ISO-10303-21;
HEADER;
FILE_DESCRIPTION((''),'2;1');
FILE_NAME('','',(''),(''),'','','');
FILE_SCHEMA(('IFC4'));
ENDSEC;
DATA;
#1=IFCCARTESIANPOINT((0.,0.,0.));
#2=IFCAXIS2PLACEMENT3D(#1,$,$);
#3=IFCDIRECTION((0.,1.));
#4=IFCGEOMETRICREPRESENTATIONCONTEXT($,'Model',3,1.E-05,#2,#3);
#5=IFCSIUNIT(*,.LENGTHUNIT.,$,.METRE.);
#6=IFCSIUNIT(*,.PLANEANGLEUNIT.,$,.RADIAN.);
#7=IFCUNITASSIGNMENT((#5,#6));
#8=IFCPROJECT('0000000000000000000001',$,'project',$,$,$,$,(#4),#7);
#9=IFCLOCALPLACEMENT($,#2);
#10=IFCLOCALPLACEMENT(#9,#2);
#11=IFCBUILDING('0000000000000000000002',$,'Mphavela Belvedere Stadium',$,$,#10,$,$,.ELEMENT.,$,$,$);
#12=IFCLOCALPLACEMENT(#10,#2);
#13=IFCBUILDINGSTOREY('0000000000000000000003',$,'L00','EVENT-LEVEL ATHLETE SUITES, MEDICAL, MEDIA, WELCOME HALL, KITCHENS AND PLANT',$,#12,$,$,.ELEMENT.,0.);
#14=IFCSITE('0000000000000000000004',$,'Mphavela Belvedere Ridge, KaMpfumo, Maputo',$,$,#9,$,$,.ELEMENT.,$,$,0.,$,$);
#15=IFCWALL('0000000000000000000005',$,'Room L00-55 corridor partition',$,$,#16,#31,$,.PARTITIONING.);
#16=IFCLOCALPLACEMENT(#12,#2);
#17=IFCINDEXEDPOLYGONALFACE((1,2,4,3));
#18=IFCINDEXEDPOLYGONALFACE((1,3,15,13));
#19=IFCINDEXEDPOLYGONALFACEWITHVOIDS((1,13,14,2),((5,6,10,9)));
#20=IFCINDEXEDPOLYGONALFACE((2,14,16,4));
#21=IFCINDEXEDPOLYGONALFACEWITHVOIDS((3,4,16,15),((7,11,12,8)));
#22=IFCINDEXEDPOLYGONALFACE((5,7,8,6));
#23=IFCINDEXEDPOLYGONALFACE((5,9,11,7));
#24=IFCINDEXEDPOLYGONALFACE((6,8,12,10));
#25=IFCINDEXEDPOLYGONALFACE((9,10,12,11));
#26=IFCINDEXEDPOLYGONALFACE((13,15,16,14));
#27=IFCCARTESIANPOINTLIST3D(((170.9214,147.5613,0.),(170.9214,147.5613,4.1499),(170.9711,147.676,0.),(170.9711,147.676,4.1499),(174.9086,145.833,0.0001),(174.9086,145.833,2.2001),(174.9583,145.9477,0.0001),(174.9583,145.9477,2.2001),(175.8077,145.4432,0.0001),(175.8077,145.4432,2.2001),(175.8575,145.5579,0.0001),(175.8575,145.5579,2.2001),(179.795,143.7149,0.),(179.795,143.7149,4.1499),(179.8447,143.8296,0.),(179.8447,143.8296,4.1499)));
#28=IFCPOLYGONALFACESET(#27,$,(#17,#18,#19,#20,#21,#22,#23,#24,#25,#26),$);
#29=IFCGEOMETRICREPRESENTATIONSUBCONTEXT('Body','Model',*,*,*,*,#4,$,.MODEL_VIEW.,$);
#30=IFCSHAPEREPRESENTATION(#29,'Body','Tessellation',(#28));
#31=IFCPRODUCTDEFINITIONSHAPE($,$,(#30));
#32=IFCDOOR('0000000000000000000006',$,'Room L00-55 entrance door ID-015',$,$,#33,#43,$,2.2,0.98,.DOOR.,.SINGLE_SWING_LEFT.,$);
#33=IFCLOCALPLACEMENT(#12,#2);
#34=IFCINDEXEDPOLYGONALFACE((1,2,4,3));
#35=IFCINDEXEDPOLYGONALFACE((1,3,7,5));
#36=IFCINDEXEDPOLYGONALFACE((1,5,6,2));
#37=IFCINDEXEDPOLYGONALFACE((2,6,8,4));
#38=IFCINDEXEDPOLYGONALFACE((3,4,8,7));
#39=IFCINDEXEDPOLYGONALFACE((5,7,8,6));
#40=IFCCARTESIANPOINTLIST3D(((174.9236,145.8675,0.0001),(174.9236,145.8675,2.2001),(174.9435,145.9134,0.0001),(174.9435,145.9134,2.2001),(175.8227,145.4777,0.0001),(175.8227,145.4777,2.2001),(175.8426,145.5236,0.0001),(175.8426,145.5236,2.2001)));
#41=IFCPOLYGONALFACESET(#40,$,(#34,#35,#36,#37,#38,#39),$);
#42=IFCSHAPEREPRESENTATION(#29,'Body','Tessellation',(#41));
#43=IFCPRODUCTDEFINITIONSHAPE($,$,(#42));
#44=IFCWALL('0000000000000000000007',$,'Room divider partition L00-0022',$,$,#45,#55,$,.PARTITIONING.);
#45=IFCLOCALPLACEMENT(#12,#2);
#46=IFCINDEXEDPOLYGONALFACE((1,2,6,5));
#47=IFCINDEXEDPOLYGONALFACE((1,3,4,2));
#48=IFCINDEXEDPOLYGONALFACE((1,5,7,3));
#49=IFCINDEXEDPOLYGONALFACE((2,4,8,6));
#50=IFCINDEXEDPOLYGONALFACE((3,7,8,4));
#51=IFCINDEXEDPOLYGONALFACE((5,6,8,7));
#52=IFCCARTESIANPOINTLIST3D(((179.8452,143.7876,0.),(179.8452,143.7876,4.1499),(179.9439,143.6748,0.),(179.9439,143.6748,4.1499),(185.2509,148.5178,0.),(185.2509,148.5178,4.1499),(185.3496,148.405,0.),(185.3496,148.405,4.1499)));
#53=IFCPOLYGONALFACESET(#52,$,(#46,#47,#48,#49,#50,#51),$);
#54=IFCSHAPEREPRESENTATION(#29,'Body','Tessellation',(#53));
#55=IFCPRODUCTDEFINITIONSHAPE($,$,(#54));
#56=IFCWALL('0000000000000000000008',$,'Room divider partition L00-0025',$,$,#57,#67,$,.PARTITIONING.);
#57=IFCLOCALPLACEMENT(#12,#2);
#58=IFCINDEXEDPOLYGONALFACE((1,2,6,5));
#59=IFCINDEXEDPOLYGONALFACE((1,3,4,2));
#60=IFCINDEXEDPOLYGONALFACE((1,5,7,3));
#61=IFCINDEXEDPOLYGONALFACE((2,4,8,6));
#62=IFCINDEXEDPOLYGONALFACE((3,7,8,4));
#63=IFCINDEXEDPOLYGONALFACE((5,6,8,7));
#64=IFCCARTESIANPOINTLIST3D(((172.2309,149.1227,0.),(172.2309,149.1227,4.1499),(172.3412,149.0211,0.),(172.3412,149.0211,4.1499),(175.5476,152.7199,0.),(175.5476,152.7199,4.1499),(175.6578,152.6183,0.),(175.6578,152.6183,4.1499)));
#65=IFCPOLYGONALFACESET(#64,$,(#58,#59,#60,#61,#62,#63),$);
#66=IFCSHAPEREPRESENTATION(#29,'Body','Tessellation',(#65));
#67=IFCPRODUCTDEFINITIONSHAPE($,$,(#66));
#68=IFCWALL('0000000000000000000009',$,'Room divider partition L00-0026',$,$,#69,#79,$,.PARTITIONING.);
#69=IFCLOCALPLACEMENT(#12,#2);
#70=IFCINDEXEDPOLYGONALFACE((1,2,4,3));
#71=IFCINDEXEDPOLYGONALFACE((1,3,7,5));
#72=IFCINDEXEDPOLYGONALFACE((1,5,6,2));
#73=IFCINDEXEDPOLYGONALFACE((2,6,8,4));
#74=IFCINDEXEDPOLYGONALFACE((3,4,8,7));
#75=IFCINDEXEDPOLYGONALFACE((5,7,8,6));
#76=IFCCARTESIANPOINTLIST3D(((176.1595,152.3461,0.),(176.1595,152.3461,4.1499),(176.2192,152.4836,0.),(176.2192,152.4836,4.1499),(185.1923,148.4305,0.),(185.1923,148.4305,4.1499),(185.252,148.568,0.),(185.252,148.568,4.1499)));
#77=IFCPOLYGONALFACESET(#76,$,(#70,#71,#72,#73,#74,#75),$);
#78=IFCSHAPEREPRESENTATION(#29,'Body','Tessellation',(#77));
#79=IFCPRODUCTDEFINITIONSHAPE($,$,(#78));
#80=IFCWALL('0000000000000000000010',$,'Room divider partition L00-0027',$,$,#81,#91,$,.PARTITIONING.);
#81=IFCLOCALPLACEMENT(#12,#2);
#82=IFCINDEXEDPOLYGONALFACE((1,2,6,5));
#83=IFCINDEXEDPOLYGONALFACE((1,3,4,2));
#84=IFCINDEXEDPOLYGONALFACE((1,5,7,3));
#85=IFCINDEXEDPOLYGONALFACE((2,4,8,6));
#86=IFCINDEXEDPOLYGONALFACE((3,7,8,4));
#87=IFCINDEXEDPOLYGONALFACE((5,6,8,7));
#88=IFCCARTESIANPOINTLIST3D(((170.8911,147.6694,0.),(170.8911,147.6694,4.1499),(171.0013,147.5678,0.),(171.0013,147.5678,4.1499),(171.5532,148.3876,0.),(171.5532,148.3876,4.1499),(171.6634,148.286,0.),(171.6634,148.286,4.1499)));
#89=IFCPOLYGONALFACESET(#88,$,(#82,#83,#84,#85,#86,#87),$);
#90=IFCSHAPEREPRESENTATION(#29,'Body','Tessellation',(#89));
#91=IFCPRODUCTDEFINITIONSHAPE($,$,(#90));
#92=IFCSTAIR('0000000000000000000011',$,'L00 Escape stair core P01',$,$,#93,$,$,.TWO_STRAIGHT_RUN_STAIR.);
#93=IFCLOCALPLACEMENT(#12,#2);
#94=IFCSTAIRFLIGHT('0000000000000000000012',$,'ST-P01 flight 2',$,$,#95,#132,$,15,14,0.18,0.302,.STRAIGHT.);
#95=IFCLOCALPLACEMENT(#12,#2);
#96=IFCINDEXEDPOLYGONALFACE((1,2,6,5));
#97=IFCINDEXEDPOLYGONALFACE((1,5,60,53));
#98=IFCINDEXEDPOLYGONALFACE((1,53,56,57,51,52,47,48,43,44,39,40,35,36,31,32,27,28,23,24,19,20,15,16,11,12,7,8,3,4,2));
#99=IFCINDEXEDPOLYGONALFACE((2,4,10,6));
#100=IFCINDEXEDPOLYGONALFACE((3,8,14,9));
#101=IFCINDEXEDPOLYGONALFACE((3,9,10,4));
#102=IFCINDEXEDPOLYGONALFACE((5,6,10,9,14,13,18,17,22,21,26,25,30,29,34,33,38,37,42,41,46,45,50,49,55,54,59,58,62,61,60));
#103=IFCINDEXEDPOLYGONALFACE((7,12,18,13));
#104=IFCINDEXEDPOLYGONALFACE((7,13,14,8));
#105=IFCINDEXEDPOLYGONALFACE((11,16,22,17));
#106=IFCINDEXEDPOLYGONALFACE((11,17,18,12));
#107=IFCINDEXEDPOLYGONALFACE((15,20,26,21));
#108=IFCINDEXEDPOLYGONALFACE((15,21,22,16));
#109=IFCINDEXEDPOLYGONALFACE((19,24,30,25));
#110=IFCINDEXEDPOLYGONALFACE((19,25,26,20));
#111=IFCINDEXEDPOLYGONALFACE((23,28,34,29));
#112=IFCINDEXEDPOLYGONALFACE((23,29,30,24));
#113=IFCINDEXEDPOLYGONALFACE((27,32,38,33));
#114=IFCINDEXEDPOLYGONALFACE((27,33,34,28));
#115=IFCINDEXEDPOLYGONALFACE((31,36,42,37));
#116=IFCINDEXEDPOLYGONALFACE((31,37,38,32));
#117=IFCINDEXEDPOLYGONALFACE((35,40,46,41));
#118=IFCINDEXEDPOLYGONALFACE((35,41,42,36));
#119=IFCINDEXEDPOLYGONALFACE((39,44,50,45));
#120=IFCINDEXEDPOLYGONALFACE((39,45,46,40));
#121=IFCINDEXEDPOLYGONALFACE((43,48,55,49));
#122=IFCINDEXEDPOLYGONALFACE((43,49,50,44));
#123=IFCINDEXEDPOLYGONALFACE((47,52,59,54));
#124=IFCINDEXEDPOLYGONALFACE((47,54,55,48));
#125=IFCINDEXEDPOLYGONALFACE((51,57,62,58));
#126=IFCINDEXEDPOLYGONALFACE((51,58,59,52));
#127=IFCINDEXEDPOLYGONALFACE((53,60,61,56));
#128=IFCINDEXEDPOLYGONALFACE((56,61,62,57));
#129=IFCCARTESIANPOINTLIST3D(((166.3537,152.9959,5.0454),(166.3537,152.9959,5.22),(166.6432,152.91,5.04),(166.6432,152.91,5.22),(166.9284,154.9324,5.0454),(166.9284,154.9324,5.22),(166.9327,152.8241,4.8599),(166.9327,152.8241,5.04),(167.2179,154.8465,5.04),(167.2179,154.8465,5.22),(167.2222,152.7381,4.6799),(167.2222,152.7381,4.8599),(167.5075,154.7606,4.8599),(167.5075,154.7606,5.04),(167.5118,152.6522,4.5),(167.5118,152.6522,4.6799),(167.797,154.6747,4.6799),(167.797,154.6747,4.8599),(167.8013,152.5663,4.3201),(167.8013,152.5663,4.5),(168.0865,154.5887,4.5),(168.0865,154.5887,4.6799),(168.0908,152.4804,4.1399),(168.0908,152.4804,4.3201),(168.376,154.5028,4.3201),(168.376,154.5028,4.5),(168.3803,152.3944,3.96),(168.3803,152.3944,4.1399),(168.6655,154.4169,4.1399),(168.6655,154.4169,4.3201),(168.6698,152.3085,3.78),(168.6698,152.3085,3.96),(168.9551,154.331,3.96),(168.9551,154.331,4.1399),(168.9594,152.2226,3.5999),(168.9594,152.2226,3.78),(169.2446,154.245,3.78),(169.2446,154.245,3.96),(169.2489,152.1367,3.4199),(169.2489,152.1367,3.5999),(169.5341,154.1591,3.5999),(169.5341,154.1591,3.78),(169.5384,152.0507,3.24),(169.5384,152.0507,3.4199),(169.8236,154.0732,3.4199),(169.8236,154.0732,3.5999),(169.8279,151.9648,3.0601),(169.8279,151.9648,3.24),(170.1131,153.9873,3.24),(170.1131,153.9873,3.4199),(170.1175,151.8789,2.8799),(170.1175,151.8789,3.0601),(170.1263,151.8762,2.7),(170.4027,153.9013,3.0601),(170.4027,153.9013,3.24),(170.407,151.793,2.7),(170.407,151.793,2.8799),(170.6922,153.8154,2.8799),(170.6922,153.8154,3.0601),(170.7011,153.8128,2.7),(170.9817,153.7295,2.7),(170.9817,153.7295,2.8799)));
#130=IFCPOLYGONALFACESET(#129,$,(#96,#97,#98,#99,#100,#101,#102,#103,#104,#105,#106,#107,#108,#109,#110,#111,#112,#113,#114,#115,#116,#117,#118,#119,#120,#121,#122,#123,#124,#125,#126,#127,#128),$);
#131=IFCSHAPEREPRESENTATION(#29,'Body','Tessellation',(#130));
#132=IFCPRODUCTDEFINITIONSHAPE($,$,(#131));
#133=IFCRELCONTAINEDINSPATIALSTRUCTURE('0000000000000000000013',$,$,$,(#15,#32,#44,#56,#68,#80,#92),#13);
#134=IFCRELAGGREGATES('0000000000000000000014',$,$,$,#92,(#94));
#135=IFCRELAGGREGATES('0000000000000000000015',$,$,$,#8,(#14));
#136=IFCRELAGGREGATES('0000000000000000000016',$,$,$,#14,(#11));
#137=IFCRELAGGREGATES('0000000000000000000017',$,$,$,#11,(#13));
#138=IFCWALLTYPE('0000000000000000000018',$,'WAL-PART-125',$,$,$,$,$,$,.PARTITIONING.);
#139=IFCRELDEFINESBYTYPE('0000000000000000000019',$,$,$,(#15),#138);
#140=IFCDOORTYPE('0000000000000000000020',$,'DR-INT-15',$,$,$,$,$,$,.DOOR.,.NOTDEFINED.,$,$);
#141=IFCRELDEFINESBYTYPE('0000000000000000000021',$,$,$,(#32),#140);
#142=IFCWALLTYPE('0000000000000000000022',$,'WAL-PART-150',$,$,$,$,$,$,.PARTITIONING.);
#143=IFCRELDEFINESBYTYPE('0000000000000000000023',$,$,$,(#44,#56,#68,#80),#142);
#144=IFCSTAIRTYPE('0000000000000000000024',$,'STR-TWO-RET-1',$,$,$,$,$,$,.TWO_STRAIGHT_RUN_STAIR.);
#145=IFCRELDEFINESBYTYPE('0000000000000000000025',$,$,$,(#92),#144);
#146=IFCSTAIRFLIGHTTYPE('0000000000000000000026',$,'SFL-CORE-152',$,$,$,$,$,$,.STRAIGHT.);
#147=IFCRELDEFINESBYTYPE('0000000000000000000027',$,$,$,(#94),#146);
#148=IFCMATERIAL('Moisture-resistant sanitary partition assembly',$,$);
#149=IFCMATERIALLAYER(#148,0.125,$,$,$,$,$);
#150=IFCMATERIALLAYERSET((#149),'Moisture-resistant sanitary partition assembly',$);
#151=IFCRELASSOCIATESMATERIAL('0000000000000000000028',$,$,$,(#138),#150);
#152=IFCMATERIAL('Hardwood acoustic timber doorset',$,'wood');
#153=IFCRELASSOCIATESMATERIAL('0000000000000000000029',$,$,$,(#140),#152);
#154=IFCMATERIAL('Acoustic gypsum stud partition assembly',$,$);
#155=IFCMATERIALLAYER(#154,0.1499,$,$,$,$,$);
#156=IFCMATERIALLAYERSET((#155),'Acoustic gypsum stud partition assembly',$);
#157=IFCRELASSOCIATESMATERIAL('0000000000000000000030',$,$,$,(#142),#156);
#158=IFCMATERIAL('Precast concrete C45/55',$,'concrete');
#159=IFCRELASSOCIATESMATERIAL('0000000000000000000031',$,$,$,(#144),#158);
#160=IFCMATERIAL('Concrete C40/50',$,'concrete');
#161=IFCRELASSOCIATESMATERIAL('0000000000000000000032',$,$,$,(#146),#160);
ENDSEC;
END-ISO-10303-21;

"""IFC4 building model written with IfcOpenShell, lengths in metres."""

from ifc_helpers import new_model, si_unit, direction, frame, frame_2d, origin, place, context, subcontext, project, spatial, polyline, rectangle, outline, extrude, material, layer, layer_set, type_object, element, fill, aggregate, save


model = new_model("IFC4")

# Units and contexts
model_context = context("Model", 3, precision=1e-05, world=origin(), true_north=direction((0.0, 1.0)))
body_context = subcontext(model_context, "Body", "Model", "MODEL_VIEW")
ifc_project = project(units=[si_unit("LENGTHUNIT", "METRE"), si_unit("PLANEANGLEUNIT", "RADIAN")], contexts=[model_context])

# Site, building, storey
site_placement = place(None, origin())
site = spatial("IfcSite", under=ifc_project, at=site_placement, Name="Mphavela Belvedere Ridge, KaMpfumo, Maputo", CompositionType="ELEMENT", RefElevation=0.0)
building_placement = place(site_placement, origin())
building = spatial("IfcBuilding", under=site, at=building_placement, Name="Mphavela Belvedere Stadium", CompositionType="ELEMENT")
storey_placement = place(building_placement, origin())
storey = spatial("IfcBuildingStorey", under=building, at=storey_placement, Name="L00", Description="EVENT-LEVEL ATHLETE SUITES, MEDICAL, MEDIA, WELCOME HALL, KITCHENS AND PLANT", CompositionType="ELEMENT", Elevation=0.0)

# Wall, opening, door
ifc_material_1 = material(Name="Moisture-resistant sanitary partition assembly")
ifc_layer_1 = layer(ifc_material_1, 0.125)
ifc_layer_set_1 = layer_set([ifc_layer_1], Name="Moisture-resistant sanitary partition assembly")
wall_type_1 = type_object("IfcWallType", Name="WAL-PART-125", PredefinedType="PARTITIONING", material=ifc_layer_set_1)
wall_1_placement = place(storey_placement, frame((179.8198, 143.7722, 0.0), z_axis=(0.0, 0.0, 1.0), x_axis=(-0.917509, 0.397715, 0.0)))
wall_1 = element("IfcWall", 1, at=wall_1_placement, inside=storey, type_object=wall_type_1, Name="Room L00-55 corridor partition", PredefinedType="PARTITIONING", context=body_context, shape_type="SweptSolid", body=[
    extrude(rectangle(XDim=9.6714, YDim=0.125, at=frame_2d((4.8357, 0.0))), origin(), (0.0, 0.0, 1.0), 4.1499),
])
opening_1_placement = place(wall_1_placement, frame((4.3457, 0.0, 0.0)))
opening_1 = element("IfcOpeningElement", 2, at=opening_1_placement, cuts=wall_1, PredefinedType="OPENING", context=body_context, shape_type="SweptSolid", body=[
    extrude(rectangle(XDim=0.98, YDim=2.2, at=frame_2d((0.49, 1.1001))), frame((0.0, 0.0725, 0.0), z_axis=(0.0, -1.0, 0.0), x_axis=(1.0, 0.0, 0.0)), (0.0, 0.0, 1.0), 0.145),
])
ifc_material_2 = material(Name="Hardwood acoustic timber doorset", Category="wood")
door_type_1 = type_object("IfcDoorType", Name="DR-INT-15", OperationType="NOTDEFINED", PredefinedType="DOOR", material=ifc_material_2)
door_1_placement = place(opening_1_placement, origin())
door_1 = element("IfcDoor", 3, at=door_1_placement, inside=storey, type_object=door_type_1, Name="Room L00-55 entrance door ID-015", OperationType="SINGLE_SWING_LEFT", OverallHeight=2.2, OverallWidth=0.98, PredefinedType="DOOR", context=body_context, shape_type="SweptSolid", body=[
    extrude(rectangle(XDim=0.98, YDim=2.2, at=frame_2d((0.49, 1.1001))), frame((0.0, 0.0249, 0.0), z_axis=(0.0, -1.0, 0.0), x_axis=(1.0, 0.0, 0.0)), (0.0, 0.0, 1.0), 0.05),
])
fill(opening_1, door_1)

# Walls
ifc_material_3 = material(Name="Acoustic gypsum stud partition assembly")
ifc_layer_2 = layer(ifc_material_3, 0.1499)
ifc_layer_set_2 = layer_set([ifc_layer_2], Name="Acoustic gypsum stud partition assembly")
wall_type_2 = type_object("IfcWallType", Name="WAL-PART-150", PredefinedType="PARTITIONING", material=ifc_layer_set_2)
wall_2_placement = place(storey_placement, frame((179.8945, 143.7312, 0.0), z_axis=(0.0, 0.0, 1.0), x_axis=(0.752564, 0.658519, 0.0)))
element("IfcWall", 4, at=wall_2_placement, inside=storey, type_object=wall_type_2, Name="Room divider partition L00-0022", PredefinedType="PARTITIONING", context=body_context, shape_type="SweptSolid", body=[
    extrude(rectangle(XDim=7.1831, YDim=0.1499, at=frame_2d((3.5916, 0.0))), origin(), (0.0, 0.0, 1.0), 4.1499),
])
wall_3_placement = place(storey_placement, frame((172.2861, 149.072, 0.0), z_axis=(0.0, 0.0, 1.0), x_axis=(0.677859, 0.735192, 0.0)))
element("IfcWall", 5, at=wall_3_placement, inside=storey, type_object=wall_type_2, Name="Room divider partition L00-0025", PredefinedType="PARTITIONING", context=body_context, shape_type="SweptSolid", body=[
    extrude(rectangle(XDim=4.8928, YDim=0.1499, at=frame_2d((2.4463, 0.0))), origin(), (0.0, 0.0, 1.0), 4.1499),
])
wall_4_placement = place(storey_placement, frame((176.1895, 152.4148, 0.0), z_axis=(0.0, 0.0, 1.0), x_axis=(0.917506, -0.397723, 0.0)))
element("IfcWall", 6, at=wall_4_placement, inside=storey, type_object=wall_type_2, Name="Room divider partition L00-0026", PredefinedType="PARTITIONING", context=body_context, shape_type="SweptSolid", body=[
    extrude(rectangle(XDim=9.845, YDim=0.1499, at=frame_2d((4.9224, 0.0))), origin(), (0.0, 0.0, 1.0), 4.1499),
])
wall_5_placement = place(storey_placement, frame((170.9463, 147.6187, 0.0), z_axis=(0.0, 0.0, 1.0), x_axis=(0.677782, 0.735263, 0.0)))
element("IfcWall", 7, at=wall_5_placement, inside=storey, type_object=wall_type_2, Name="Room divider partition L00-0027", PredefinedType="PARTITIONING", context=body_context, shape_type="SweptSolid", body=[
    extrude(rectangle(XDim=0.9768, YDim=0.1499, at=frame_2d((0.4883, 0.0))), origin(), (0.0, 0.0, 1.0), 4.1499),
])

# Stair, stair flight
ifc_material_4 = material(Name="Precast concrete C45/55", Category="concrete")
stair_type = type_object("IfcStairType", Name="STR-TWO-RET-1", PredefinedType="TWO_STRAIGHT_RUN_STAIR", material=ifc_material_4)
stair_placement = place(storey_placement, origin())
stair = element("IfcStair", 8, at=stair_placement, inside=storey, type_object=stair_type, Name="L00 Escape stair core P01", PredefinedType="TWO_STRAIGHT_RUN_STAIR")
ifc_material_5 = material(Name="Concrete C40/50", Category="concrete")
stair_flight_type = type_object("IfcStairFlightType", Name="SFL-CORE-152", PredefinedType="STRAIGHT", material=ifc_material_5)
stair_flight_placement = place(storey_placement, frame((170.6943, 152.7612, 2.7), z_axis=(0.0, 0.0, 1.0), x_axis=(-0.958671, 0.284517, 0.0)))
stair_flight = element("IfcStairFlight", 9, at=stair_flight_placement, type_object=stair_flight_type, Name="ST-P01 flight 2", NumberOfRisers=15, NumberOfTreads=14, PredefinedType="STRAIGHT", RiserHeight=0.18, TreadLength=0.302, context=body_context, shape_type="SweptSolid", body=[
    extrude(outline(polyline([(0.0, 0.0), (0.0, 0.1799), (0.302, 0.1799), (0.302, 0.3601), (0.604, 0.3601), (0.604, 0.54), (0.906, 0.54), (0.906, 0.72), (1.208, 0.72), (1.208, 0.8999), (1.51, 0.8999), (1.51, 1.0801), (1.812, 1.0801), (1.812, 1.26), (2.114, 1.26), (2.114, 1.4399), (2.416, 1.4399), (2.416, 1.6201), (2.718, 1.6201), (2.718, 1.8), (3.02, 1.8), (3.02, 1.98), (3.322, 1.98), (3.322, 2.1599), (3.624, 2.1599), (3.624, 2.3401), (3.926, 2.3401), (3.926, 2.52), (4.228, 2.52), (4.228, 2.7), (4.228, 2.3455), (0.2927, 0.0), (0.0, 0.0)])), frame((0.0, 1.01, 0.0), z_axis=(0.0, -1.0, 0.0), x_axis=(1.0, 0.0, 0.0)), (0.0, 0.0, 1.0), 2.02),
])
aggregate(stair, [stair_flight])

save(model, "model.ifc")
